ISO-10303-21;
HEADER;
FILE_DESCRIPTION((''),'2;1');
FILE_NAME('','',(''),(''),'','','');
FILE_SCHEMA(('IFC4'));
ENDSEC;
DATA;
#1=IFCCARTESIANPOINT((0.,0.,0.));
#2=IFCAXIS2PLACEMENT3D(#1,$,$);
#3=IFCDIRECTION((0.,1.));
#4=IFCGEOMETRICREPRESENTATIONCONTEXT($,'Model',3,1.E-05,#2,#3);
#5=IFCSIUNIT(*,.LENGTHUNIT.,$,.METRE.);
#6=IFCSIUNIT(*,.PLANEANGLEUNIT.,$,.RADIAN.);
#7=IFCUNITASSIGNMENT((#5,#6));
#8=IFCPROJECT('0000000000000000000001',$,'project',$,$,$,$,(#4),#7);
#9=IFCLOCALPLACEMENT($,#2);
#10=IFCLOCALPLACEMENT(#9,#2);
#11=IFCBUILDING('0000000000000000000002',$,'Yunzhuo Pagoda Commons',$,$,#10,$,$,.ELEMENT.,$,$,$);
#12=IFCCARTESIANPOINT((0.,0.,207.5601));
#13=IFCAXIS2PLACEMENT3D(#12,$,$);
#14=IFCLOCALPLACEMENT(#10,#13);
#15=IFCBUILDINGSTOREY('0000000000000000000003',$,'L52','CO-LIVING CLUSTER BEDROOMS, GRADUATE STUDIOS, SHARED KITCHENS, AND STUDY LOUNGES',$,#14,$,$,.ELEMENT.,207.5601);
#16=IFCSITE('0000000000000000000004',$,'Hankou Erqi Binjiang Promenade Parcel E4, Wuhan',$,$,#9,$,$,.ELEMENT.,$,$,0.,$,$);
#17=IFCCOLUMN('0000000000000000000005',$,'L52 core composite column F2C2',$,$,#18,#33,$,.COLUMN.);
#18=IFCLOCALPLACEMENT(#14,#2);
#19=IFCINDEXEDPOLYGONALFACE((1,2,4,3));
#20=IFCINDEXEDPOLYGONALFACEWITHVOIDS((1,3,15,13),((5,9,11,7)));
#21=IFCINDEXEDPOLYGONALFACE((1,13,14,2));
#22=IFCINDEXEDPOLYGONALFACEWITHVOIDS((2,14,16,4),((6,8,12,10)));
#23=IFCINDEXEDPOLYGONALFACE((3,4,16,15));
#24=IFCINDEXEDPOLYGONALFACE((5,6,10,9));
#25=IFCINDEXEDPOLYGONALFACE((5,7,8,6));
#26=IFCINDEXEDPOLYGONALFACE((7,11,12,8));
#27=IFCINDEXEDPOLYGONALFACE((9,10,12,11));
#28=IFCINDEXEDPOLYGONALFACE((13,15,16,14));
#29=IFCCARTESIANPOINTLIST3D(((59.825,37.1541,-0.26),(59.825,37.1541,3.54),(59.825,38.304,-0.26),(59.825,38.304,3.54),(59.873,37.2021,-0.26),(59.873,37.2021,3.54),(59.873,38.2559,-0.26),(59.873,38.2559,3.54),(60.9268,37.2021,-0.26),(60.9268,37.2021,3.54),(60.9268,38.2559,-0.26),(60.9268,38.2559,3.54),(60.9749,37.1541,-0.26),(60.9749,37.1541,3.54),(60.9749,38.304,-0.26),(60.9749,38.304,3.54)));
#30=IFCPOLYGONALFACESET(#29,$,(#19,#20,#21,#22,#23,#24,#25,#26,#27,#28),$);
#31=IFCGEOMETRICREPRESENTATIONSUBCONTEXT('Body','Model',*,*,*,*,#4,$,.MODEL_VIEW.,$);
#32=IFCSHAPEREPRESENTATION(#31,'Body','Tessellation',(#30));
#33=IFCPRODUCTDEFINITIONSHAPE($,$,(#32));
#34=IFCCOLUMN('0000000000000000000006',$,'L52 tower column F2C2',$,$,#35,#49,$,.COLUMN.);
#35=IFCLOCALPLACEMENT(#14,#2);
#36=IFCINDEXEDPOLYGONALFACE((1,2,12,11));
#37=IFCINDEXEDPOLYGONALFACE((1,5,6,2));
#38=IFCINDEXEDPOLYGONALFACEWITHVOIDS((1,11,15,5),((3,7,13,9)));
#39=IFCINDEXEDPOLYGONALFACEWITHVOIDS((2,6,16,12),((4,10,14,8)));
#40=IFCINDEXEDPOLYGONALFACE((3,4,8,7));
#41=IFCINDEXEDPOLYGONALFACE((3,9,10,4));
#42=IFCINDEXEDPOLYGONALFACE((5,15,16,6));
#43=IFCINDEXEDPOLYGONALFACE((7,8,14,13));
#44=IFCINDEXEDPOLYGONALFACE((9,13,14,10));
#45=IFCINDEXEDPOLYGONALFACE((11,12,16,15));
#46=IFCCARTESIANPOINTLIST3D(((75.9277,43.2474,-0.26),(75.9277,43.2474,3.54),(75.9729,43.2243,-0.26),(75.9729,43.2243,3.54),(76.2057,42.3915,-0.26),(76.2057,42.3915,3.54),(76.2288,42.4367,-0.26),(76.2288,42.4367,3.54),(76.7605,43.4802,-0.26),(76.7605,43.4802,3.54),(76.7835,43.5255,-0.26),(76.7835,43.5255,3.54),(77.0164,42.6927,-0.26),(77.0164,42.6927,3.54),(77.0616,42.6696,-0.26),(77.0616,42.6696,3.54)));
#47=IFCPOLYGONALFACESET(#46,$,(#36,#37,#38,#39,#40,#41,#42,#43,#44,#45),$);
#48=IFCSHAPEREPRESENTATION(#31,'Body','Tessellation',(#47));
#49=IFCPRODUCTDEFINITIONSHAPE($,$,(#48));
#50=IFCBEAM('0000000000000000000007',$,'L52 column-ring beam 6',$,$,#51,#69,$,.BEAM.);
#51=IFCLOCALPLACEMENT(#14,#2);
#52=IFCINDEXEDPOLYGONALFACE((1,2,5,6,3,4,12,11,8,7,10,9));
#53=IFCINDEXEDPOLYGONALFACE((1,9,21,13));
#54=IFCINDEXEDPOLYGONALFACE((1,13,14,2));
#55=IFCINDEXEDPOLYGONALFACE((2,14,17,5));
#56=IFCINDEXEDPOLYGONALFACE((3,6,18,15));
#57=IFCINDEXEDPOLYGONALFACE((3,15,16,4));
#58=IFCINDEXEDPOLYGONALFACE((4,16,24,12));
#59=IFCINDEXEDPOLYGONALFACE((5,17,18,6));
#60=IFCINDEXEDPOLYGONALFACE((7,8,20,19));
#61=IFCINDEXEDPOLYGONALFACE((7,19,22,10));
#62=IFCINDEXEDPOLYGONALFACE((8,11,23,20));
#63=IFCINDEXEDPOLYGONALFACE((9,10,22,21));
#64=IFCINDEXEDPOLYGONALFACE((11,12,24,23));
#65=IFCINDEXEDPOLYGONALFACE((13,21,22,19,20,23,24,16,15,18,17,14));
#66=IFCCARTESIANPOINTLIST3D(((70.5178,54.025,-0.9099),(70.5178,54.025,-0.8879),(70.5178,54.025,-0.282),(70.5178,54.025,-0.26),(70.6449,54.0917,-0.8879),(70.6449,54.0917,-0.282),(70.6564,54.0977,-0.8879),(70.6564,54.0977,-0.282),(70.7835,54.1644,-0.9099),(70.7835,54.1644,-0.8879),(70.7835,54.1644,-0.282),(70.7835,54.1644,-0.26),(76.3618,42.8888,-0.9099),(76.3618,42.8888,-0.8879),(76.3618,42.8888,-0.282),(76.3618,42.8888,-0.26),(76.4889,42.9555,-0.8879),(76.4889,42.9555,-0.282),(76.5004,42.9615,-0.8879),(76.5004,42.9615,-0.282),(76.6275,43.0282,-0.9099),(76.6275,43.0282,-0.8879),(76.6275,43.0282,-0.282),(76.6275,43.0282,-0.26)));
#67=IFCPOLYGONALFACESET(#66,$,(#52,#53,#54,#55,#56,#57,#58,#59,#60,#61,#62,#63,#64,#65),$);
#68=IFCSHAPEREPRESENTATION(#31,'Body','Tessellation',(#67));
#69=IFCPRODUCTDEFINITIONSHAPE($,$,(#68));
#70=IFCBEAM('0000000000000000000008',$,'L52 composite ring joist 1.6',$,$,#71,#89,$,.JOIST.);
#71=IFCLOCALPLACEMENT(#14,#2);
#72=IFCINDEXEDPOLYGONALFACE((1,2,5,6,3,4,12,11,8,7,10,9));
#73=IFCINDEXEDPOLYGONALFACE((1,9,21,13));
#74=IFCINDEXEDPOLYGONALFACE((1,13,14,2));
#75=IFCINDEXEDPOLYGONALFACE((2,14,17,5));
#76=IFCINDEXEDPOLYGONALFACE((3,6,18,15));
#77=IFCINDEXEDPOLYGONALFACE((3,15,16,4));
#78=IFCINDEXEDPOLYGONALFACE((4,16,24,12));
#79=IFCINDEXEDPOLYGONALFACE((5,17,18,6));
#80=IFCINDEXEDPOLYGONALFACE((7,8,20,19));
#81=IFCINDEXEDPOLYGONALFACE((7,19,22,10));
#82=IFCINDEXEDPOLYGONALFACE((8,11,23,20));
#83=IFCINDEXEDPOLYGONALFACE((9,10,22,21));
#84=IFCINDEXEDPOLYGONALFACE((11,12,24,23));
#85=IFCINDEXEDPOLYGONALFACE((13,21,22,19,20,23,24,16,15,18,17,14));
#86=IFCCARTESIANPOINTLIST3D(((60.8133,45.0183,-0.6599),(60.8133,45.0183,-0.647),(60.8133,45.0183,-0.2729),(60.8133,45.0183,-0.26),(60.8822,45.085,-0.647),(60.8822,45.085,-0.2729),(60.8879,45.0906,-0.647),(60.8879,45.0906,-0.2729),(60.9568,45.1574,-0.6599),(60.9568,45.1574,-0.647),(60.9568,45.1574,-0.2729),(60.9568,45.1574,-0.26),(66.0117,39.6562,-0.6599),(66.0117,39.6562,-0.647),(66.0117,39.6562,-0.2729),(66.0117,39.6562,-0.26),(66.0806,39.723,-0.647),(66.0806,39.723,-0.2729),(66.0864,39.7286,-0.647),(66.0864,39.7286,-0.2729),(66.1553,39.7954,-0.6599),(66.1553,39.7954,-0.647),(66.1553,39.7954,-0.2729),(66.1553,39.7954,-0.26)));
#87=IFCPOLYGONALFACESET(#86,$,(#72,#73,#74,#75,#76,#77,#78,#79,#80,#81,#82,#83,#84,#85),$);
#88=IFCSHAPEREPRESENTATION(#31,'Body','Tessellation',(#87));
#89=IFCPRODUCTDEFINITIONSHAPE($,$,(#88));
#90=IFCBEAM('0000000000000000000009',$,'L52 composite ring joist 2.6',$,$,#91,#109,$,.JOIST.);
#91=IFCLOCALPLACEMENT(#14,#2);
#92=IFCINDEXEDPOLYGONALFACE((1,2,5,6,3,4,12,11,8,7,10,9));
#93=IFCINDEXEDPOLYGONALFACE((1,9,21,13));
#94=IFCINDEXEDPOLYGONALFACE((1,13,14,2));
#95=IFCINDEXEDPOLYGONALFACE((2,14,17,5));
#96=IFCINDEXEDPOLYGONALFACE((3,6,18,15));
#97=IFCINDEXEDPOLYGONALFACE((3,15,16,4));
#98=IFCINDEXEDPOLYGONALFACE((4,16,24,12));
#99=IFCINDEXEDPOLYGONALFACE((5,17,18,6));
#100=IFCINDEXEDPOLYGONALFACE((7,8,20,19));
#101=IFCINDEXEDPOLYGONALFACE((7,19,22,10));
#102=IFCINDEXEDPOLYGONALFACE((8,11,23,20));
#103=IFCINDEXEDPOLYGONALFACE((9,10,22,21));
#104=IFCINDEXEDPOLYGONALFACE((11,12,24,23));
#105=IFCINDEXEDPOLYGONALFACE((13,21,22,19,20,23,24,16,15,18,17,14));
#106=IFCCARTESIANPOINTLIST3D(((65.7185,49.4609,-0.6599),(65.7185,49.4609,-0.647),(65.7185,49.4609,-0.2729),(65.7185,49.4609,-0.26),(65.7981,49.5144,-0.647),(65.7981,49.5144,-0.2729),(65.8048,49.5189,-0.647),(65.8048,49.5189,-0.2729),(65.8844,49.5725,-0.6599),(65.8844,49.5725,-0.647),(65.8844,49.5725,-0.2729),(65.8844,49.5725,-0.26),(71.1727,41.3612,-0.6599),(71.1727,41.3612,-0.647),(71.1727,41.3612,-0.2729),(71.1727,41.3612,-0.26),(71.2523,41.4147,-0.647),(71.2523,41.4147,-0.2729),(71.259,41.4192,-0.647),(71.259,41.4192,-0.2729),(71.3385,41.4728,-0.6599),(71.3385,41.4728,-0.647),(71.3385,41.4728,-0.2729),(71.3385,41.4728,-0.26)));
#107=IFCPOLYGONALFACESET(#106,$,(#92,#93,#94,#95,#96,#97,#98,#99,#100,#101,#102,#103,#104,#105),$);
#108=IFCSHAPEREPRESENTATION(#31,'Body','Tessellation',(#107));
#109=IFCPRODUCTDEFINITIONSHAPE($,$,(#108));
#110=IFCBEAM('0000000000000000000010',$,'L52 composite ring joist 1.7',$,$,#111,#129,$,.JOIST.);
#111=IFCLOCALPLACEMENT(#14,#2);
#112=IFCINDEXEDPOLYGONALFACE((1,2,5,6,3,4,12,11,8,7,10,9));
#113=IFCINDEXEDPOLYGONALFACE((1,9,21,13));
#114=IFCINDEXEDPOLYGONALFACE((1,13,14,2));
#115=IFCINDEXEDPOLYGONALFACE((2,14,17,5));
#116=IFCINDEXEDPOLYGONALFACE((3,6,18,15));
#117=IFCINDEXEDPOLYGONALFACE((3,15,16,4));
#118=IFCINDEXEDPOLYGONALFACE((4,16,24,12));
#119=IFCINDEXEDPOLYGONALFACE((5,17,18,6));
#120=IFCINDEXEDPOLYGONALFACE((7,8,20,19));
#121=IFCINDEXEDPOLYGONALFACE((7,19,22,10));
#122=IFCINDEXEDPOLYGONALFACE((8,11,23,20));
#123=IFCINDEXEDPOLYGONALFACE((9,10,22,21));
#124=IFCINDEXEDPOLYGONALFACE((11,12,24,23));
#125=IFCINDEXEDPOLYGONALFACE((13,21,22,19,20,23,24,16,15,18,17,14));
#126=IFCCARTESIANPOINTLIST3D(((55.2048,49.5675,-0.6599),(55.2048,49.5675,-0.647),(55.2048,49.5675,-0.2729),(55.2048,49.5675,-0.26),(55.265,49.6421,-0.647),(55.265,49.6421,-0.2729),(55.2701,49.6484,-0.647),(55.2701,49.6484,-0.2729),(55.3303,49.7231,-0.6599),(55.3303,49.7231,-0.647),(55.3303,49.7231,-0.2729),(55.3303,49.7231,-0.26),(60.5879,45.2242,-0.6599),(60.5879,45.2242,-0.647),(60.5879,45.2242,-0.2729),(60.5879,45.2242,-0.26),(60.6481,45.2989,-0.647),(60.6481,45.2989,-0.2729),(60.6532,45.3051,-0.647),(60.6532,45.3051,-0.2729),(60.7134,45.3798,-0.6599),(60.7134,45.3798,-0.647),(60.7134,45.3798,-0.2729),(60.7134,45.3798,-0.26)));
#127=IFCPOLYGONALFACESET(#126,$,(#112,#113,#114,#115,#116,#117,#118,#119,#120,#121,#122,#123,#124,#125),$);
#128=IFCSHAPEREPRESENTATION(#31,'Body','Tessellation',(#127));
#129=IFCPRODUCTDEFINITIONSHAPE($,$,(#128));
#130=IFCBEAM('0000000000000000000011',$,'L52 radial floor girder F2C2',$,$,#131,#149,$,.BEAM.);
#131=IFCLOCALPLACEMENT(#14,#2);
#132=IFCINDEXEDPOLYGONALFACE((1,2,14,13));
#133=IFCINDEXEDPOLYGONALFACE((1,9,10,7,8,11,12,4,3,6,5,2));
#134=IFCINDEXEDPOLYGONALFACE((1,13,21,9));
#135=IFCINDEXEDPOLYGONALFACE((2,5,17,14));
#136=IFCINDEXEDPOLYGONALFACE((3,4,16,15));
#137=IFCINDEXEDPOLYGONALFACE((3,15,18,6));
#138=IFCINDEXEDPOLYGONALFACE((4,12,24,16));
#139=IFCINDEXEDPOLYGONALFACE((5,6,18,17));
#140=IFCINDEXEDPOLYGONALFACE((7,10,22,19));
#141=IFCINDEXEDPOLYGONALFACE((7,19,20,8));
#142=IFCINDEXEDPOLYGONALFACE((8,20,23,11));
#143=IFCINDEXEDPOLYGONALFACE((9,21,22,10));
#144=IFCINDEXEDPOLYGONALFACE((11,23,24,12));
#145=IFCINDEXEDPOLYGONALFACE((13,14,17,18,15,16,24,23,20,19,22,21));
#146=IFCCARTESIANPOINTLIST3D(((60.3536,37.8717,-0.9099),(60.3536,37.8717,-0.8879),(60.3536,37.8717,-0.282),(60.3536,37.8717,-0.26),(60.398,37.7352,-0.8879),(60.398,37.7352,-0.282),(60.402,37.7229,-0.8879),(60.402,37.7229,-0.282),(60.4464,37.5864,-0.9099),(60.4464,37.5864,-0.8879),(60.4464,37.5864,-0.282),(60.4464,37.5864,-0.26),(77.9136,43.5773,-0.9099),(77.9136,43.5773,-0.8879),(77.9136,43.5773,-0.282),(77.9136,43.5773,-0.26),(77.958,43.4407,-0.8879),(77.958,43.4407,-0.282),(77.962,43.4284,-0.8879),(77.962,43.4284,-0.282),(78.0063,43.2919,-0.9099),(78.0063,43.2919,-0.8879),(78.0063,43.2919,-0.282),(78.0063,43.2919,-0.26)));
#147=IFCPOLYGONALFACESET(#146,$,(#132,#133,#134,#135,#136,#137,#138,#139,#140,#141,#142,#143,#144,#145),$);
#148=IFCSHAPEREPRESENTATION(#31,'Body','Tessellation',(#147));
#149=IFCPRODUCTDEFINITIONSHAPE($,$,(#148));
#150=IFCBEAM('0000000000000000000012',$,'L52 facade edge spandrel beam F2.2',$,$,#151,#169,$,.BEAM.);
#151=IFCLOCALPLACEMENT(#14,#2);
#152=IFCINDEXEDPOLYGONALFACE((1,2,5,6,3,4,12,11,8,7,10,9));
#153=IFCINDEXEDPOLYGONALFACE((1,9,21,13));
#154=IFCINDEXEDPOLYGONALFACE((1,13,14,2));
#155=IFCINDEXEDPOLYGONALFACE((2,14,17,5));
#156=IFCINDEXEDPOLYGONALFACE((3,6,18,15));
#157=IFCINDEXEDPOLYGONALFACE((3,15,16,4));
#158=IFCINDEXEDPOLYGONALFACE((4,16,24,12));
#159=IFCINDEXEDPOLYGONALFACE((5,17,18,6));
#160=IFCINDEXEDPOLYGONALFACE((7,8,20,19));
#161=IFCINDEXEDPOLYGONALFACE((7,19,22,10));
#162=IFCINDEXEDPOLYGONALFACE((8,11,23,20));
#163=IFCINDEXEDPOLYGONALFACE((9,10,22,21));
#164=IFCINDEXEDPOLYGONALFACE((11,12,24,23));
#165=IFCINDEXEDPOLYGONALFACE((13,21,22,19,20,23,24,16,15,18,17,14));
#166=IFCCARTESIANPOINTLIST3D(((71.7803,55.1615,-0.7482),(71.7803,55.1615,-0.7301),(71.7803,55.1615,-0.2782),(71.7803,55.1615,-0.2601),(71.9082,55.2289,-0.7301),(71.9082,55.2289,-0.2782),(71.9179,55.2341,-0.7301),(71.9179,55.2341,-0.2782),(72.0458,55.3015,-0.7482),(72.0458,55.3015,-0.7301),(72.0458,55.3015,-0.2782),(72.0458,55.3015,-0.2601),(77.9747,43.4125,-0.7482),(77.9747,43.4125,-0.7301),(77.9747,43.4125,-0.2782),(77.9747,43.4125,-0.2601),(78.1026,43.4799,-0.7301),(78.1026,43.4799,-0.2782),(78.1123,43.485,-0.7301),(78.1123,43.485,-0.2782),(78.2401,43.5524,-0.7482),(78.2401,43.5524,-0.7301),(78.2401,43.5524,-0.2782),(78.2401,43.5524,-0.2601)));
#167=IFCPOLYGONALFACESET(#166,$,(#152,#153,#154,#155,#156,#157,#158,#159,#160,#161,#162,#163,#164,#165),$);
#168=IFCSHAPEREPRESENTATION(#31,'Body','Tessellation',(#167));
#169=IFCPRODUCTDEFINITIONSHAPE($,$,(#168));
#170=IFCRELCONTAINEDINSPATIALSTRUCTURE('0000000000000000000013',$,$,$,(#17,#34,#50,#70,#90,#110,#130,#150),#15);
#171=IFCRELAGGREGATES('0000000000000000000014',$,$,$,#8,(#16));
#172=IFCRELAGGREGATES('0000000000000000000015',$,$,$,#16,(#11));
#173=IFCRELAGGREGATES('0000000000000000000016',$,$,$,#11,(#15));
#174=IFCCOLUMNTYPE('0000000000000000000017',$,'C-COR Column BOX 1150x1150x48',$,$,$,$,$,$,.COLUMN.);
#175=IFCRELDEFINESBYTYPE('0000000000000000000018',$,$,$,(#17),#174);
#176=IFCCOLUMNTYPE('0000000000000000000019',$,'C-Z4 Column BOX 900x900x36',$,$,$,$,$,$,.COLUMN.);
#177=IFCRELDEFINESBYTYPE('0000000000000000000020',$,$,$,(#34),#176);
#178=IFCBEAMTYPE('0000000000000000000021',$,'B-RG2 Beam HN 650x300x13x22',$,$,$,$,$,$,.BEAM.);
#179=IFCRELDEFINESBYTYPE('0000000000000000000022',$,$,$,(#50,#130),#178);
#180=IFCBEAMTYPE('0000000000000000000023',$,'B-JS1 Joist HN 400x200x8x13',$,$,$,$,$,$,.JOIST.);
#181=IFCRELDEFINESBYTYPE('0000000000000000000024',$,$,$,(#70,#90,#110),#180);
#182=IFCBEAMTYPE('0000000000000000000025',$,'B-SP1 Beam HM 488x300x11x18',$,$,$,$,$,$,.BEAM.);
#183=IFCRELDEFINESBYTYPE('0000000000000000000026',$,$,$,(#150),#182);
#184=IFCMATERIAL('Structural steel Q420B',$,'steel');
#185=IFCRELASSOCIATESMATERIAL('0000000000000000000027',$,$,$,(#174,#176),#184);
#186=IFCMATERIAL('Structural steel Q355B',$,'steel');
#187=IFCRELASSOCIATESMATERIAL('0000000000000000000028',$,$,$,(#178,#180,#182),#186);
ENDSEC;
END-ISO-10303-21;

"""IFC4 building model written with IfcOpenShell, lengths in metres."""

from ifc_helpers import new_model, si_unit, direction, frame, origin, origin_2d, place, context, subcontext, project, spatial, hollow_rectangle, i_section, extrude, source, transform, mapped, material, material_profile, profile_set, type_object, element, save


model = new_model("IFC4")

# Units and contexts
model_context = context("Model", 3, precision=1e-05, world=origin(), true_north=direction((0.0, 1.0)))
body_context = subcontext(model_context, "Body", "Model", "MODEL_VIEW")
ifc_project = project(units=[si_unit("LENGTHUNIT", "METRE"), si_unit("PLANEANGLEUNIT", "RADIAN")], contexts=[model_context])

# Site, building, storey
site_placement = place(None, origin())
site = spatial("IfcSite", under=ifc_project, at=site_placement, Name="Hankou Erqi Binjiang Promenade Parcel E4, Wuhan", CompositionType="ELEMENT", RefElevation=0.0)
building_placement = place(site_placement, origin())
building = spatial("IfcBuilding", under=site, at=building_placement, Name="Yunzhuo Pagoda Commons", CompositionType="ELEMENT")
storey_placement = place(building_placement, frame((0.0, 0.0, 207.5601)))
storey = spatial("IfcBuildingStorey", under=building, at=storey_placement, Name="L52", Description="CO-LIVING CLUSTER BEDROOMS, GRADUATE STUDIOS, SHARED KITCHENS, AND STUDY LOUNGES", CompositionType="ELEMENT", Elevation=207.5601)

# Columns
ifc_material_1 = material(Name="Structural steel Q420B", Category="steel")
ifc_material_profile_1 = material_profile(ifc_material_1, hollow_rectangle(XDim=1.1499, YDim=1.1499, WallThickness=0.0481, at=origin_2d()), Name="Structural steel Q420B")
ifc_profile_set_1 = profile_set([ifc_material_profile_1], Name="Structural steel Q420B")
column_type_1 = type_object("IfcColumnType", Name="C-COR Column BOX 1150x1150x48", PredefinedType="COLUMN", material=ifc_profile_set_1)
shared_shape_1 = source(origin(), body_context, "Body", "SweptSolid", [
    extrude(hollow_rectangle(XDim=1.1499, YDim=1.1499, WallThickness=0.0481, at=origin_2d()), origin(), (0.0, 0.0, 1.0), 3.8),
])
column_1_placement = place(storey_placement, frame((60.3999, 37.729, -0.26), z_axis=(0.0, 0.0, 1.0), x_axis=(1.0, 0.0, 0.0)))
element("IfcColumn", 1, at=column_1_placement, inside=storey, type_object=column_type_1, Name="L52 core composite column F2C2", PredefinedType="COLUMN", context=body_context, shape_type="MappedRepresentation", body=[
    mapped(shared_shape_1, transform((0.0, 0.0, 0.0), scale=1.0)),
])
ifc_material_profile_2 = material_profile(ifc_material_1, hollow_rectangle(XDim=0.8999, YDim=0.8999, WallThickness=0.0359, at=origin_2d()), Name="Structural steel Q420B")
ifc_profile_set_2 = profile_set([ifc_material_profile_2], Name="Structural steel Q420B")
column_type_2 = type_object("IfcColumnType", Name="C-Z4 Column BOX 900x900x36", PredefinedType="COLUMN", material=ifc_profile_set_2)
shared_shape_2 = source(origin(), body_context, "Body", "SweptSolid", [
    extrude(hollow_rectangle(XDim=0.8999, YDim=0.8999, WallThickness=0.0359, at=origin_2d()), origin(), (0.0, 0.0, 1.0), 3.8),
])
column_2_placement = place(storey_placement, frame((76.4946, 42.9585, -0.26), z_axis=(0.0, 0.0, 1.0), x_axis=(-0.309017, 0.951057, 0.0)))
element("IfcColumn", 2, at=column_2_placement, inside=storey, type_object=column_type_2, Name="L52 tower column F2C2", PredefinedType="COLUMN", context=body_context, shape_type="MappedRepresentation", body=[
    mapped(shared_shape_2, transform((0.0, 0.0, 0.0), scale=1.0)),
])

# Beams
ifc_material_2 = material(Name="Structural steel Q355B", Category="steel")
ifc_material_profile_3 = material_profile(ifc_material_2, i_section(OverallWidth=0.3, OverallDepth=0.6499, WebThickness=0.0129, FlangeThickness=0.022, at=origin_2d()), Name="Structural steel Q355B")
ifc_profile_set_3 = profile_set([ifc_material_profile_3], Name="Structural steel Q355B")
beam_type_1 = type_object("IfcBeamType", Name="B-RG2 Beam HN 650x300x13x22", PredefinedType="BEAM", material=ifc_profile_set_3)
shared_shape_3 = source(origin(), body_context, "Body", "SweptSolid", [
    extrude(i_section(OverallWidth=0.3, OverallDepth=0.6499, WebThickness=0.0129, FlangeThickness=0.022, at=origin_2d()), origin(), (0.0, 0.0, 1.0), 12.5764),
])
beam_1_placement = place(storey_placement, frame((76.4946, 42.9585, -0.585), z_axis=(-0.464676, 0.885481, 0.0), x_axis=(-0.885481, -0.464676, 0.0)))
element("IfcBeam", 3, at=beam_1_placement, inside=storey, type_object=beam_type_1, Name="L52 column-ring beam 6", PredefinedType="BEAM", context=body_context, shape_type="MappedRepresentation", body=[
    mapped(shared_shape_3, transform((0.0, 0.0, 0.0), scale=1.0)),
])
ifc_material_profile_4 = material_profile(ifc_material_2, i_section(OverallWidth=0.2, OverallDepth=0.3999, WebThickness=0.0081, FlangeThickness=0.0129, at=origin_2d()), Name="Structural steel Q355B")
ifc_profile_set_4 = profile_set([ifc_material_profile_4], Name="Structural steel Q355B")
beam_type_2 = type_object("IfcBeamType", Name="B-JS1 Joist HN 400x200x8x13", PredefinedType="JOIST", material=ifc_profile_set_4)
shared_shape_4 = source(origin(), body_context, "Body", "SweptSolid", [
    extrude(i_section(OverallWidth=0.2, OverallDepth=0.3999, WebThickness=0.0081, FlangeThickness=0.0129, at=origin_2d()), origin(), (0.0, 0.0, 1.0), 7.4683),
])
beam_2_placement = place(storey_placement, frame((66.0835, 39.7258, -0.46), z_axis=(-0.696071, 0.717973, 0.0), x_axis=(-0.717973, -0.696071, 0.0)))
element("IfcBeam", 4, at=beam_2_placement, inside=storey, type_object=beam_type_2, Name="L52 composite ring joist 1.6", PredefinedType="JOIST", context=body_context, shape_type="MappedRepresentation", body=[
    mapped(shared_shape_4, transform((0.0, 0.0, 0.0), scale=1.0)),
])
shared_shape_5 = source(origin(), body_context, "Body", "SweptSolid", [
    extrude(i_section(OverallWidth=0.2, OverallDepth=0.3999, WebThickness=0.0081, FlangeThickness=0.0129, at=origin_2d()), origin(), (0.0, 0.0, 1.0), 9.7649),
])
beam_3_placement = place(storey_placement, frame((71.2556, 41.417, -0.46), z_axis=(-0.558548, 0.829472, 0.0), x_axis=(-0.829472, -0.558548, 0.0)))
element("IfcBeam", 5, at=beam_3_placement, inside=storey, type_object=beam_type_2, Name="L52 composite ring joist 2.6", PredefinedType="JOIST", context=body_context, shape_type="MappedRepresentation", body=[
    mapped(shared_shape_5, transform((0.0, 0.0, 0.0), scale=1.0)),
])
shared_shape_6 = source(origin(), body_context, "Body", "SweptSolid", [
    extrude(i_section(OverallWidth=0.2, OverallDepth=0.3999, WebThickness=0.0081, FlangeThickness=0.0129, at=origin_2d()), origin(), (0.0, 0.0, 1.0), 6.9167),
])
beam_4_placement = place(storey_placement, frame((60.6506, 45.302, -0.46), z_axis=(-0.778266, 0.627935, 0.0), x_axis=(-0.627935, -0.778266, 0.0)))
element("IfcBeam", 6, at=beam_4_placement, inside=storey, type_object=beam_type_2, Name="L52 composite ring joist 1.7", PredefinedType="JOIST", context=body_context, shape_type="MappedRepresentation", body=[
    mapped(shared_shape_6, transform((0.0, 0.0, 0.0), scale=1.0)),
])
shared_shape_7 = source(origin(), body_context, "Body", "SweptSolid", [
    extrude(i_section(OverallWidth=0.3, OverallDepth=0.6499, WebThickness=0.0129, FlangeThickness=0.022, at=origin_2d()), origin(), (0.0, 0.0, 1.0), 18.4636),
])
beam_5_placement = place(storey_placement, frame((77.96, 43.4346, -0.585), z_axis=(-0.951057, -0.309015, 0.0), x_axis=(0.309015, -0.951057, 0.0)))
element("IfcBeam", 7, at=beam_5_placement, inside=storey, type_object=beam_type_1, Name="L52 radial floor girder F2C2", PredefinedType="BEAM", context=body_context, shape_type="MappedRepresentation", body=[
    mapped(shared_shape_7, transform((0.0, 0.0, 0.0), scale=1.0)),
])
ifc_material_profile_5 = material_profile(ifc_material_2, i_section(OverallWidth=0.3, OverallDepth=0.488, WebThickness=0.011, FlangeThickness=0.0181, at=origin_2d()), Name="Structural steel Q355B")
ifc_profile_set_5 = profile_set([ifc_material_profile_5], Name="Structural steel Q355B")
beam_type_3 = type_object("IfcBeamType", Name="B-SP1 Beam HM 488x300x11x18", PredefinedType="BEAM", material=ifc_profile_set_5)
shared_shape_8 = source(origin(), body_context, "Body", "SweptSolid", [
    extrude(i_section(OverallWidth=0.3, OverallDepth=0.488, WebThickness=0.011, FlangeThickness=0.0181, at=origin_2d()), origin(), (0.0, 0.0, 1.0), 13.282),
])
beam_6_placement = place(storey_placement, frame((78.1074, 43.4824, -0.5042), z_axis=(-0.466374, 0.884588, 0.0), x_axis=(-0.884588, -0.466374, 0.0)))
element("IfcBeam", 8, at=beam_6_placement, inside=storey, type_object=beam_type_3, Name="L52 facade edge spandrel beam F2.2", PredefinedType="BEAM", context=body_context, shape_type="MappedRepresentation", body=[
    mapped(shared_shape_8, transform((0.0, 0.0, 0.0), scale=1.0)),
])

save(model, "model.ifc")
